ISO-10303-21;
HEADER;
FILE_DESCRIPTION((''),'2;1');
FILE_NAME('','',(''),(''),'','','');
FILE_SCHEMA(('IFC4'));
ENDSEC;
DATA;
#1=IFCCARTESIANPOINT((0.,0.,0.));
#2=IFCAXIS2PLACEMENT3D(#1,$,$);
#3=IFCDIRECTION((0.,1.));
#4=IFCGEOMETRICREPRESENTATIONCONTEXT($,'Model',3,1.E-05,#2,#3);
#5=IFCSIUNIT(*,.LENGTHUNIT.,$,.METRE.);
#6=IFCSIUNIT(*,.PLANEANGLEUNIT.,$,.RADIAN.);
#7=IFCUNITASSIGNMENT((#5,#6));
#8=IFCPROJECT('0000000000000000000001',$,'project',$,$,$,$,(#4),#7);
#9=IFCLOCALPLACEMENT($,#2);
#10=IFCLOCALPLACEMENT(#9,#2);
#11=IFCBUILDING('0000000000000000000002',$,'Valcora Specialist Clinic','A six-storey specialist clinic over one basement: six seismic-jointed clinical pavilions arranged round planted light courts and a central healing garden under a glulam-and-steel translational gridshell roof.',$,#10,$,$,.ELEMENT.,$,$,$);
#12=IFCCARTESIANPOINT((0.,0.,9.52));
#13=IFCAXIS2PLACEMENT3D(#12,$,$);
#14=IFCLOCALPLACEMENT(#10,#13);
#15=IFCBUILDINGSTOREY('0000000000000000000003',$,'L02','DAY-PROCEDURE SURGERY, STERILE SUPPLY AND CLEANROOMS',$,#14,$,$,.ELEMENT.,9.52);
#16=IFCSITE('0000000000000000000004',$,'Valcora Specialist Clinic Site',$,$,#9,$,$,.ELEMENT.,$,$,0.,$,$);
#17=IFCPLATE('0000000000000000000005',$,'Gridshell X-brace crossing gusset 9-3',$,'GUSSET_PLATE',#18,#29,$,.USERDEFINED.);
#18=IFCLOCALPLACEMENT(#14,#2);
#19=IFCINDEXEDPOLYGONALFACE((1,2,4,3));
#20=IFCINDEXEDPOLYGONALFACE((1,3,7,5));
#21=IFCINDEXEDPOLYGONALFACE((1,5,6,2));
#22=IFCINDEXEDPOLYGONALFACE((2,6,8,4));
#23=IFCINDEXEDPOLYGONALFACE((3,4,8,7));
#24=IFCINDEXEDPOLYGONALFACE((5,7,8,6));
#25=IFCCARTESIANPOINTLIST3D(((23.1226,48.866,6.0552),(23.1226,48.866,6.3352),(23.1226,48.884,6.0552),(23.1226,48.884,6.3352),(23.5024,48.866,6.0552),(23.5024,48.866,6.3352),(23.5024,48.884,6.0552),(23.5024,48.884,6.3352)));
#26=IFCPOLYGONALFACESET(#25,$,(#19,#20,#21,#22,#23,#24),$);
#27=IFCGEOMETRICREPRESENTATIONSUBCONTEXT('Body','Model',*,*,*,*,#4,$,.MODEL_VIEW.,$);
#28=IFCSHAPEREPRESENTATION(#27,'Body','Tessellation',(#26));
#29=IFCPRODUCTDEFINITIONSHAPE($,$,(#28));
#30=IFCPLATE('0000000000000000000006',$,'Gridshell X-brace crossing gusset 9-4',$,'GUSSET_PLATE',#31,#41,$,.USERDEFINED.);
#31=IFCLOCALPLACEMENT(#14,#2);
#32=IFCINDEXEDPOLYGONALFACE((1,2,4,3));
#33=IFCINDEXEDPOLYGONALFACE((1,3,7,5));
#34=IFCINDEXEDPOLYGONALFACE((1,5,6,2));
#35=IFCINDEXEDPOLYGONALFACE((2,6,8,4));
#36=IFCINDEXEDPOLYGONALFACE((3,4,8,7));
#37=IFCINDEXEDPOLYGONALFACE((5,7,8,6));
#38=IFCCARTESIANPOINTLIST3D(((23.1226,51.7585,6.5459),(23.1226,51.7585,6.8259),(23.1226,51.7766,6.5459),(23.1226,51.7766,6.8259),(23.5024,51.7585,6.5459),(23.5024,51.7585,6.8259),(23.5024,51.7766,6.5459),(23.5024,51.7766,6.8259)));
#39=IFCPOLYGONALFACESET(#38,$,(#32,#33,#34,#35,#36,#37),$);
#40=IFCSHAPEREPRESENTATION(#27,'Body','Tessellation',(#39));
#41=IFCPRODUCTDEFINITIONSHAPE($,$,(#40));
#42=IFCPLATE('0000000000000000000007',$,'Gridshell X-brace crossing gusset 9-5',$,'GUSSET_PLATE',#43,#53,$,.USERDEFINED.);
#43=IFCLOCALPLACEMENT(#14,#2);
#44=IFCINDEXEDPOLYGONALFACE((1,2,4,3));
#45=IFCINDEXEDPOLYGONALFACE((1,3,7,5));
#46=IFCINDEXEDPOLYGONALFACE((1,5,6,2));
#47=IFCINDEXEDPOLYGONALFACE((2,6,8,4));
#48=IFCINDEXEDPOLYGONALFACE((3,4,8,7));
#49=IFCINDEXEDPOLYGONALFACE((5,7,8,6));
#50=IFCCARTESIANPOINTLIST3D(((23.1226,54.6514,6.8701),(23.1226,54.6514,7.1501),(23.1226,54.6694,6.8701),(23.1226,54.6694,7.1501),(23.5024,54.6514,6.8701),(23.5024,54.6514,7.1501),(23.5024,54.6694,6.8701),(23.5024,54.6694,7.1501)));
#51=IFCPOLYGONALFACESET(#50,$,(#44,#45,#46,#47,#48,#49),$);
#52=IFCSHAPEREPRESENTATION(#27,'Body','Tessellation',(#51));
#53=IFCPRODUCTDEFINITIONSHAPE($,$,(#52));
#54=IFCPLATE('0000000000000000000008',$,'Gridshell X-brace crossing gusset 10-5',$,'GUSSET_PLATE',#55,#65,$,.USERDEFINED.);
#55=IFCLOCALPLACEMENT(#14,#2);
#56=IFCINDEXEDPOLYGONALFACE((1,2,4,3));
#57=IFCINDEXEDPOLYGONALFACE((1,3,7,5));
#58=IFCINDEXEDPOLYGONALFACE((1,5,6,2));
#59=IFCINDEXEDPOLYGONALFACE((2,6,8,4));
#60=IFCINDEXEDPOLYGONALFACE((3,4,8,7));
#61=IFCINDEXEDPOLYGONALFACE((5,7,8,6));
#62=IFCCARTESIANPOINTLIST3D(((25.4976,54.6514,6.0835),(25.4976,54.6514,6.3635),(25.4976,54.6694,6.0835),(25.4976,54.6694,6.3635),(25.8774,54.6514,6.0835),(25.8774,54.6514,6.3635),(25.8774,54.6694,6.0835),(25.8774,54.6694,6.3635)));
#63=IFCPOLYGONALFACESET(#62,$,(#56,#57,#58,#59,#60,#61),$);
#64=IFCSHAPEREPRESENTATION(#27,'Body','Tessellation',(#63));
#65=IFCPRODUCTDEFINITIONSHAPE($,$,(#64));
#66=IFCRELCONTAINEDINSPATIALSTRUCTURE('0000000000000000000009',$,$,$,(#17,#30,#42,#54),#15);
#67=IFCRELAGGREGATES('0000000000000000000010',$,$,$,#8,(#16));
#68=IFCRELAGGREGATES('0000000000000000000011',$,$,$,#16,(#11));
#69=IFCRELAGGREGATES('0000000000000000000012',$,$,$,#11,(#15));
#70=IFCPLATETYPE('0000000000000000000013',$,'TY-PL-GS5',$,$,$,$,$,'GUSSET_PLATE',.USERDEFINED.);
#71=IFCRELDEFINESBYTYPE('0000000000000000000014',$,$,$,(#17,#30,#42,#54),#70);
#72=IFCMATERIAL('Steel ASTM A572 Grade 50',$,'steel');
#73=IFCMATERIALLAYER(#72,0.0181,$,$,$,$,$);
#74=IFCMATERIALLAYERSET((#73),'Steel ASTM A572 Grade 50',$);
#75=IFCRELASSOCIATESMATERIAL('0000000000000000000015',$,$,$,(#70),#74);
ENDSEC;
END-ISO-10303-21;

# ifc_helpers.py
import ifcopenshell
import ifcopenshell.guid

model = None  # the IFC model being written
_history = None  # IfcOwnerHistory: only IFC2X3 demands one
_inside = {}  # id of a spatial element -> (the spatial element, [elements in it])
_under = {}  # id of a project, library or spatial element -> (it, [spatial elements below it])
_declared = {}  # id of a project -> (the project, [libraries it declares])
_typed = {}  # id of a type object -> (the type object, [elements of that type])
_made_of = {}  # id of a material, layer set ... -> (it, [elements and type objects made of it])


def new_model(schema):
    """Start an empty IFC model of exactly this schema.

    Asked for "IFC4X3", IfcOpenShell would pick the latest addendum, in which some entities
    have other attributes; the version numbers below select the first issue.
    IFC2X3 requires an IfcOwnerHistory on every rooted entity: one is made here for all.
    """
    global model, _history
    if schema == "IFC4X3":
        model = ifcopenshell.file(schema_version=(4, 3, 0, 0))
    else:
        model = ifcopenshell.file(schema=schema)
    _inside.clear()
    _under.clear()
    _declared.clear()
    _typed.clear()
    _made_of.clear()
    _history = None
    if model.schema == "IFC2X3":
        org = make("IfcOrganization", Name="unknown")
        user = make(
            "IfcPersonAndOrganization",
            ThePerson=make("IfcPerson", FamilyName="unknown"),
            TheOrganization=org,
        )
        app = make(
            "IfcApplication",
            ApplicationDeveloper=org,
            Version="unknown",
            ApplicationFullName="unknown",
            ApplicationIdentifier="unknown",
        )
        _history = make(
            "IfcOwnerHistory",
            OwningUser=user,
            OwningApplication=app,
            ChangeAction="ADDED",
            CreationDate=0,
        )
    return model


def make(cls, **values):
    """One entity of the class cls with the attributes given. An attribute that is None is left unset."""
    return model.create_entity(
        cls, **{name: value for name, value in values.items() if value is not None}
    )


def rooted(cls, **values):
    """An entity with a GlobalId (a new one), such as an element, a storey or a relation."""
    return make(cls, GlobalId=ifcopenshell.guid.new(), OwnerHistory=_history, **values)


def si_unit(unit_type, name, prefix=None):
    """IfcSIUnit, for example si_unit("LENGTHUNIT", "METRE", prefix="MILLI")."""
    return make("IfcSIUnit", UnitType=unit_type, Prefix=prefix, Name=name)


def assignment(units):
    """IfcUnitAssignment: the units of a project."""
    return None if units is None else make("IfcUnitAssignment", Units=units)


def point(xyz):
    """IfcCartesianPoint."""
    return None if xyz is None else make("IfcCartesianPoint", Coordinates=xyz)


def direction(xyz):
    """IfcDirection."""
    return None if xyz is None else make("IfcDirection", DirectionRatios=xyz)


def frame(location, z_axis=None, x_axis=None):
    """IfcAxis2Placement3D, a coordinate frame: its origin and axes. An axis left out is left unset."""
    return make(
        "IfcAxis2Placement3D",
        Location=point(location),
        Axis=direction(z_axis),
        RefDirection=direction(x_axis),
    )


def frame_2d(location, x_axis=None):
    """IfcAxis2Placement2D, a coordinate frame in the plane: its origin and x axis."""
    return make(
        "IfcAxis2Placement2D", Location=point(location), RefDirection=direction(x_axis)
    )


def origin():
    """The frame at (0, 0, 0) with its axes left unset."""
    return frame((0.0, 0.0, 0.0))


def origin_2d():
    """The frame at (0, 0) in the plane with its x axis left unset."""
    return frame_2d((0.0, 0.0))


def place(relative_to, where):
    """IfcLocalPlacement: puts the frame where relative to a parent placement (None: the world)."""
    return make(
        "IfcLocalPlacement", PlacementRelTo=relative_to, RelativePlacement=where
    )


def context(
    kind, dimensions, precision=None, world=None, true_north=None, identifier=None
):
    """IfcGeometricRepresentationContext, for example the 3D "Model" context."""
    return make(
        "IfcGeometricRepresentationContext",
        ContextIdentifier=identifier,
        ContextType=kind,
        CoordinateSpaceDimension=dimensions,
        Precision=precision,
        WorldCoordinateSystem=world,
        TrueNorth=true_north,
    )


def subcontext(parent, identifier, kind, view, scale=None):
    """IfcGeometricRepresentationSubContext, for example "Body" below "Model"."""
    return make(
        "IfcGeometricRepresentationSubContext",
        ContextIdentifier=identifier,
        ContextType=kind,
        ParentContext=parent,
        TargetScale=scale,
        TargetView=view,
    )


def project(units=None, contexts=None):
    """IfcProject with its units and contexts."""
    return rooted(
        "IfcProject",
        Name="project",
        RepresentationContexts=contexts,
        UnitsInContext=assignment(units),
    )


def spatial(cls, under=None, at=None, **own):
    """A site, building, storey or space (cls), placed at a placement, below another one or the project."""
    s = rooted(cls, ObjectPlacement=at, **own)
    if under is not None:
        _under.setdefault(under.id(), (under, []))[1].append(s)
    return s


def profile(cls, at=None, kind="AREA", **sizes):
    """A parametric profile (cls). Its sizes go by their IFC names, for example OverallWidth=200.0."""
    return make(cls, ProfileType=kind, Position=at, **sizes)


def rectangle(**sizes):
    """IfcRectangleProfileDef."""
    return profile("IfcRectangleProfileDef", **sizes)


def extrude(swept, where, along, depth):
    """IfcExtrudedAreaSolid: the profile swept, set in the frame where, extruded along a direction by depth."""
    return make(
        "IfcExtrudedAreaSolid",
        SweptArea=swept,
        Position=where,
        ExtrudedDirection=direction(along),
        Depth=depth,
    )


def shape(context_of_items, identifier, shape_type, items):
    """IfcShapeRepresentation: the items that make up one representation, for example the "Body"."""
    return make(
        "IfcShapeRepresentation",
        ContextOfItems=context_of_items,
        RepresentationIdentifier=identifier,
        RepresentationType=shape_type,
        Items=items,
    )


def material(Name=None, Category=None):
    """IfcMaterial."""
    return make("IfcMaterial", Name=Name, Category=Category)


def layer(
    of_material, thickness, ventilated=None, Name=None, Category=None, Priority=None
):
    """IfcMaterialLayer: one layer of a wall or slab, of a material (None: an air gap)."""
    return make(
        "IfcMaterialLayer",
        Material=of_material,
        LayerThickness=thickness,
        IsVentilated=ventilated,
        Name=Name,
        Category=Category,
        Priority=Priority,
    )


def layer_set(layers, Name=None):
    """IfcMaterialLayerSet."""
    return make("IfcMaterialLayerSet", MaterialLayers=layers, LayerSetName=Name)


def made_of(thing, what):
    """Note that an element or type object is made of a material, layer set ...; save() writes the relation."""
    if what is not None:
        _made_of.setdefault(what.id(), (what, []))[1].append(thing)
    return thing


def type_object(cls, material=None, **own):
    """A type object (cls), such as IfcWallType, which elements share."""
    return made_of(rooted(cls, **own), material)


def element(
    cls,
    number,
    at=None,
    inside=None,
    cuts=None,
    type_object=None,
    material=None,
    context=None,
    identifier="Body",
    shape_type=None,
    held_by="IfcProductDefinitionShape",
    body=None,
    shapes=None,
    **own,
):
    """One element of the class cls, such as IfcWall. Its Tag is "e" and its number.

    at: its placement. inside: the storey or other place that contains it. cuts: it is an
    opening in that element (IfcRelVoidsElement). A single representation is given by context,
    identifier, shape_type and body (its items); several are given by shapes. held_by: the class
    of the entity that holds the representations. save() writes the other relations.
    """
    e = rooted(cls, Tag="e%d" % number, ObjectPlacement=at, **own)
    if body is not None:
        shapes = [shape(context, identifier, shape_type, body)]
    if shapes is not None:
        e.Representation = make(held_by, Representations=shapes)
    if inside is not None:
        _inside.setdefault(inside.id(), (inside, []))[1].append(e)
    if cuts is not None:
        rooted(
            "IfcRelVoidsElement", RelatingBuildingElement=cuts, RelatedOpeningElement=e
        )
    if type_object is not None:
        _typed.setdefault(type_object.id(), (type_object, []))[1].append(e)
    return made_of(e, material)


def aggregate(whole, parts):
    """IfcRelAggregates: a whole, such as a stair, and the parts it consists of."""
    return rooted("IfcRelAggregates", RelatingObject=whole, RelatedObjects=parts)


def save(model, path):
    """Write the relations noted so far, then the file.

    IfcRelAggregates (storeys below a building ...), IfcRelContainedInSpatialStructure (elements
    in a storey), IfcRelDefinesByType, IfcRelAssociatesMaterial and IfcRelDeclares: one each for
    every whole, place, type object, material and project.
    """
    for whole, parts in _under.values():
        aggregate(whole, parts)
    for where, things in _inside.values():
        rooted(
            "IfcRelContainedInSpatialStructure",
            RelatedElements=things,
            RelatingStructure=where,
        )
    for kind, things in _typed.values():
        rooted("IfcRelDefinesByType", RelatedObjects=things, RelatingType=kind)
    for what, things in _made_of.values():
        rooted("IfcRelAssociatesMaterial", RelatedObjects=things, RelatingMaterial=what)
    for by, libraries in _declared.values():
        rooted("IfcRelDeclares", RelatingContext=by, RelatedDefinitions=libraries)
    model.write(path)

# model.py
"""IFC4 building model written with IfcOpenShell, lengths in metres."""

from ifc_helpers import new_model, si_unit, direction, frame, origin, origin_2d, place, context, subcontext, project, spatial, rectangle, extrude, material, layer, layer_set, type_object, element, save


model = new_model("IFC4")

# Units and contexts
model_context = context("Model", 3, precision=1e-05, world=origin(), true_north=direction((0.0, 1.0)))
body_context = subcontext(model_context, "Body", "Model", "MODEL_VIEW")
ifc_project = project(units=[si_unit("LENGTHUNIT", "METRE"), si_unit("PLANEANGLEUNIT", "RADIAN")], contexts=[model_context])

# Site, building, storey
site_placement = place(None, origin())
site = spatial("IfcSite", under=ifc_project, at=site_placement, Name="Valcora Specialist Clinic Site", CompositionType="ELEMENT", RefElevation=0.0)
building_placement = place(site_placement, origin())
building = spatial("IfcBuilding", under=site, at=building_placement, Name="Valcora Specialist Clinic", Description="A six-storey specialist clinic over one basement: six seismic-jointed clinical pavilions arranged round planted light courts and a central healing garden under a glulam-and-steel translational gridshell roof.", CompositionType="ELEMENT")
storey_placement = place(building_placement, frame((0.0, 0.0, 9.52)))
storey = spatial("IfcBuildingStorey", under=building, at=storey_placement, Name="L02", Description="DAY-PROCEDURE SURGERY, STERILE SUPPLY AND CLEANROOMS", CompositionType="ELEMENT", Elevation=9.52)

# Plates
ifc_material_1 = material(Name="Steel ASTM A572 Grade 50", Category="steel")
ifc_layer_1 = layer(ifc_material_1, 0.0181)
ifc_layer_set_1 = layer_set([ifc_layer_1], Name="Steel ASTM A572 Grade 50")
plate_type_1 = type_object("IfcPlateType", Name="TY-PL-GS5", ElementType="GUSSET_PLATE", PredefinedType="USERDEFINED", material=ifc_layer_set_1)
for number, where, z_axis, x_axis, name in (
    (1, (23.3125, 48.875, 6.0552), (0.0, 0.0, 1.0), (1.0, 0.0, 0.0), "Gridshell X-brace crossing gusset 9-3"),
    (2, (23.3125, 51.7676, 6.5459), (0.0, 0.0, 1.0), (1.0, 0.0, 0.0), "Gridshell X-brace crossing gusset 9-4"),
    (3, (23.3125, 54.6604, 6.8701), (0.0, 0.0, 1.0), (1.0, 0.0, 0.0), "Gridshell X-brace crossing gusset 9-5"),
    (4, (25.6875, 54.6604, 6.0835), (0.0, 0.0, 1.0), (1.0, 0.0, 0.0), "Gridshell X-brace crossing gusset 10-5"),
):
    element("IfcPlate", number, at=place(storey_placement, frame(where, z_axis=z_axis, x_axis=x_axis)), inside=storey, type_object=plate_type_1, Name=name, ObjectType="GUSSET_PLATE", PredefinedType="USERDEFINED", context=body_context, shape_type="SweptSolid", body=[
        extrude(rectangle(XDim=0.3799, YDim=0.0181, at=origin_2d()), origin(), (0.0, 0.0, 1.0), 0.28),
    ])

save(model, "model.ifc")
